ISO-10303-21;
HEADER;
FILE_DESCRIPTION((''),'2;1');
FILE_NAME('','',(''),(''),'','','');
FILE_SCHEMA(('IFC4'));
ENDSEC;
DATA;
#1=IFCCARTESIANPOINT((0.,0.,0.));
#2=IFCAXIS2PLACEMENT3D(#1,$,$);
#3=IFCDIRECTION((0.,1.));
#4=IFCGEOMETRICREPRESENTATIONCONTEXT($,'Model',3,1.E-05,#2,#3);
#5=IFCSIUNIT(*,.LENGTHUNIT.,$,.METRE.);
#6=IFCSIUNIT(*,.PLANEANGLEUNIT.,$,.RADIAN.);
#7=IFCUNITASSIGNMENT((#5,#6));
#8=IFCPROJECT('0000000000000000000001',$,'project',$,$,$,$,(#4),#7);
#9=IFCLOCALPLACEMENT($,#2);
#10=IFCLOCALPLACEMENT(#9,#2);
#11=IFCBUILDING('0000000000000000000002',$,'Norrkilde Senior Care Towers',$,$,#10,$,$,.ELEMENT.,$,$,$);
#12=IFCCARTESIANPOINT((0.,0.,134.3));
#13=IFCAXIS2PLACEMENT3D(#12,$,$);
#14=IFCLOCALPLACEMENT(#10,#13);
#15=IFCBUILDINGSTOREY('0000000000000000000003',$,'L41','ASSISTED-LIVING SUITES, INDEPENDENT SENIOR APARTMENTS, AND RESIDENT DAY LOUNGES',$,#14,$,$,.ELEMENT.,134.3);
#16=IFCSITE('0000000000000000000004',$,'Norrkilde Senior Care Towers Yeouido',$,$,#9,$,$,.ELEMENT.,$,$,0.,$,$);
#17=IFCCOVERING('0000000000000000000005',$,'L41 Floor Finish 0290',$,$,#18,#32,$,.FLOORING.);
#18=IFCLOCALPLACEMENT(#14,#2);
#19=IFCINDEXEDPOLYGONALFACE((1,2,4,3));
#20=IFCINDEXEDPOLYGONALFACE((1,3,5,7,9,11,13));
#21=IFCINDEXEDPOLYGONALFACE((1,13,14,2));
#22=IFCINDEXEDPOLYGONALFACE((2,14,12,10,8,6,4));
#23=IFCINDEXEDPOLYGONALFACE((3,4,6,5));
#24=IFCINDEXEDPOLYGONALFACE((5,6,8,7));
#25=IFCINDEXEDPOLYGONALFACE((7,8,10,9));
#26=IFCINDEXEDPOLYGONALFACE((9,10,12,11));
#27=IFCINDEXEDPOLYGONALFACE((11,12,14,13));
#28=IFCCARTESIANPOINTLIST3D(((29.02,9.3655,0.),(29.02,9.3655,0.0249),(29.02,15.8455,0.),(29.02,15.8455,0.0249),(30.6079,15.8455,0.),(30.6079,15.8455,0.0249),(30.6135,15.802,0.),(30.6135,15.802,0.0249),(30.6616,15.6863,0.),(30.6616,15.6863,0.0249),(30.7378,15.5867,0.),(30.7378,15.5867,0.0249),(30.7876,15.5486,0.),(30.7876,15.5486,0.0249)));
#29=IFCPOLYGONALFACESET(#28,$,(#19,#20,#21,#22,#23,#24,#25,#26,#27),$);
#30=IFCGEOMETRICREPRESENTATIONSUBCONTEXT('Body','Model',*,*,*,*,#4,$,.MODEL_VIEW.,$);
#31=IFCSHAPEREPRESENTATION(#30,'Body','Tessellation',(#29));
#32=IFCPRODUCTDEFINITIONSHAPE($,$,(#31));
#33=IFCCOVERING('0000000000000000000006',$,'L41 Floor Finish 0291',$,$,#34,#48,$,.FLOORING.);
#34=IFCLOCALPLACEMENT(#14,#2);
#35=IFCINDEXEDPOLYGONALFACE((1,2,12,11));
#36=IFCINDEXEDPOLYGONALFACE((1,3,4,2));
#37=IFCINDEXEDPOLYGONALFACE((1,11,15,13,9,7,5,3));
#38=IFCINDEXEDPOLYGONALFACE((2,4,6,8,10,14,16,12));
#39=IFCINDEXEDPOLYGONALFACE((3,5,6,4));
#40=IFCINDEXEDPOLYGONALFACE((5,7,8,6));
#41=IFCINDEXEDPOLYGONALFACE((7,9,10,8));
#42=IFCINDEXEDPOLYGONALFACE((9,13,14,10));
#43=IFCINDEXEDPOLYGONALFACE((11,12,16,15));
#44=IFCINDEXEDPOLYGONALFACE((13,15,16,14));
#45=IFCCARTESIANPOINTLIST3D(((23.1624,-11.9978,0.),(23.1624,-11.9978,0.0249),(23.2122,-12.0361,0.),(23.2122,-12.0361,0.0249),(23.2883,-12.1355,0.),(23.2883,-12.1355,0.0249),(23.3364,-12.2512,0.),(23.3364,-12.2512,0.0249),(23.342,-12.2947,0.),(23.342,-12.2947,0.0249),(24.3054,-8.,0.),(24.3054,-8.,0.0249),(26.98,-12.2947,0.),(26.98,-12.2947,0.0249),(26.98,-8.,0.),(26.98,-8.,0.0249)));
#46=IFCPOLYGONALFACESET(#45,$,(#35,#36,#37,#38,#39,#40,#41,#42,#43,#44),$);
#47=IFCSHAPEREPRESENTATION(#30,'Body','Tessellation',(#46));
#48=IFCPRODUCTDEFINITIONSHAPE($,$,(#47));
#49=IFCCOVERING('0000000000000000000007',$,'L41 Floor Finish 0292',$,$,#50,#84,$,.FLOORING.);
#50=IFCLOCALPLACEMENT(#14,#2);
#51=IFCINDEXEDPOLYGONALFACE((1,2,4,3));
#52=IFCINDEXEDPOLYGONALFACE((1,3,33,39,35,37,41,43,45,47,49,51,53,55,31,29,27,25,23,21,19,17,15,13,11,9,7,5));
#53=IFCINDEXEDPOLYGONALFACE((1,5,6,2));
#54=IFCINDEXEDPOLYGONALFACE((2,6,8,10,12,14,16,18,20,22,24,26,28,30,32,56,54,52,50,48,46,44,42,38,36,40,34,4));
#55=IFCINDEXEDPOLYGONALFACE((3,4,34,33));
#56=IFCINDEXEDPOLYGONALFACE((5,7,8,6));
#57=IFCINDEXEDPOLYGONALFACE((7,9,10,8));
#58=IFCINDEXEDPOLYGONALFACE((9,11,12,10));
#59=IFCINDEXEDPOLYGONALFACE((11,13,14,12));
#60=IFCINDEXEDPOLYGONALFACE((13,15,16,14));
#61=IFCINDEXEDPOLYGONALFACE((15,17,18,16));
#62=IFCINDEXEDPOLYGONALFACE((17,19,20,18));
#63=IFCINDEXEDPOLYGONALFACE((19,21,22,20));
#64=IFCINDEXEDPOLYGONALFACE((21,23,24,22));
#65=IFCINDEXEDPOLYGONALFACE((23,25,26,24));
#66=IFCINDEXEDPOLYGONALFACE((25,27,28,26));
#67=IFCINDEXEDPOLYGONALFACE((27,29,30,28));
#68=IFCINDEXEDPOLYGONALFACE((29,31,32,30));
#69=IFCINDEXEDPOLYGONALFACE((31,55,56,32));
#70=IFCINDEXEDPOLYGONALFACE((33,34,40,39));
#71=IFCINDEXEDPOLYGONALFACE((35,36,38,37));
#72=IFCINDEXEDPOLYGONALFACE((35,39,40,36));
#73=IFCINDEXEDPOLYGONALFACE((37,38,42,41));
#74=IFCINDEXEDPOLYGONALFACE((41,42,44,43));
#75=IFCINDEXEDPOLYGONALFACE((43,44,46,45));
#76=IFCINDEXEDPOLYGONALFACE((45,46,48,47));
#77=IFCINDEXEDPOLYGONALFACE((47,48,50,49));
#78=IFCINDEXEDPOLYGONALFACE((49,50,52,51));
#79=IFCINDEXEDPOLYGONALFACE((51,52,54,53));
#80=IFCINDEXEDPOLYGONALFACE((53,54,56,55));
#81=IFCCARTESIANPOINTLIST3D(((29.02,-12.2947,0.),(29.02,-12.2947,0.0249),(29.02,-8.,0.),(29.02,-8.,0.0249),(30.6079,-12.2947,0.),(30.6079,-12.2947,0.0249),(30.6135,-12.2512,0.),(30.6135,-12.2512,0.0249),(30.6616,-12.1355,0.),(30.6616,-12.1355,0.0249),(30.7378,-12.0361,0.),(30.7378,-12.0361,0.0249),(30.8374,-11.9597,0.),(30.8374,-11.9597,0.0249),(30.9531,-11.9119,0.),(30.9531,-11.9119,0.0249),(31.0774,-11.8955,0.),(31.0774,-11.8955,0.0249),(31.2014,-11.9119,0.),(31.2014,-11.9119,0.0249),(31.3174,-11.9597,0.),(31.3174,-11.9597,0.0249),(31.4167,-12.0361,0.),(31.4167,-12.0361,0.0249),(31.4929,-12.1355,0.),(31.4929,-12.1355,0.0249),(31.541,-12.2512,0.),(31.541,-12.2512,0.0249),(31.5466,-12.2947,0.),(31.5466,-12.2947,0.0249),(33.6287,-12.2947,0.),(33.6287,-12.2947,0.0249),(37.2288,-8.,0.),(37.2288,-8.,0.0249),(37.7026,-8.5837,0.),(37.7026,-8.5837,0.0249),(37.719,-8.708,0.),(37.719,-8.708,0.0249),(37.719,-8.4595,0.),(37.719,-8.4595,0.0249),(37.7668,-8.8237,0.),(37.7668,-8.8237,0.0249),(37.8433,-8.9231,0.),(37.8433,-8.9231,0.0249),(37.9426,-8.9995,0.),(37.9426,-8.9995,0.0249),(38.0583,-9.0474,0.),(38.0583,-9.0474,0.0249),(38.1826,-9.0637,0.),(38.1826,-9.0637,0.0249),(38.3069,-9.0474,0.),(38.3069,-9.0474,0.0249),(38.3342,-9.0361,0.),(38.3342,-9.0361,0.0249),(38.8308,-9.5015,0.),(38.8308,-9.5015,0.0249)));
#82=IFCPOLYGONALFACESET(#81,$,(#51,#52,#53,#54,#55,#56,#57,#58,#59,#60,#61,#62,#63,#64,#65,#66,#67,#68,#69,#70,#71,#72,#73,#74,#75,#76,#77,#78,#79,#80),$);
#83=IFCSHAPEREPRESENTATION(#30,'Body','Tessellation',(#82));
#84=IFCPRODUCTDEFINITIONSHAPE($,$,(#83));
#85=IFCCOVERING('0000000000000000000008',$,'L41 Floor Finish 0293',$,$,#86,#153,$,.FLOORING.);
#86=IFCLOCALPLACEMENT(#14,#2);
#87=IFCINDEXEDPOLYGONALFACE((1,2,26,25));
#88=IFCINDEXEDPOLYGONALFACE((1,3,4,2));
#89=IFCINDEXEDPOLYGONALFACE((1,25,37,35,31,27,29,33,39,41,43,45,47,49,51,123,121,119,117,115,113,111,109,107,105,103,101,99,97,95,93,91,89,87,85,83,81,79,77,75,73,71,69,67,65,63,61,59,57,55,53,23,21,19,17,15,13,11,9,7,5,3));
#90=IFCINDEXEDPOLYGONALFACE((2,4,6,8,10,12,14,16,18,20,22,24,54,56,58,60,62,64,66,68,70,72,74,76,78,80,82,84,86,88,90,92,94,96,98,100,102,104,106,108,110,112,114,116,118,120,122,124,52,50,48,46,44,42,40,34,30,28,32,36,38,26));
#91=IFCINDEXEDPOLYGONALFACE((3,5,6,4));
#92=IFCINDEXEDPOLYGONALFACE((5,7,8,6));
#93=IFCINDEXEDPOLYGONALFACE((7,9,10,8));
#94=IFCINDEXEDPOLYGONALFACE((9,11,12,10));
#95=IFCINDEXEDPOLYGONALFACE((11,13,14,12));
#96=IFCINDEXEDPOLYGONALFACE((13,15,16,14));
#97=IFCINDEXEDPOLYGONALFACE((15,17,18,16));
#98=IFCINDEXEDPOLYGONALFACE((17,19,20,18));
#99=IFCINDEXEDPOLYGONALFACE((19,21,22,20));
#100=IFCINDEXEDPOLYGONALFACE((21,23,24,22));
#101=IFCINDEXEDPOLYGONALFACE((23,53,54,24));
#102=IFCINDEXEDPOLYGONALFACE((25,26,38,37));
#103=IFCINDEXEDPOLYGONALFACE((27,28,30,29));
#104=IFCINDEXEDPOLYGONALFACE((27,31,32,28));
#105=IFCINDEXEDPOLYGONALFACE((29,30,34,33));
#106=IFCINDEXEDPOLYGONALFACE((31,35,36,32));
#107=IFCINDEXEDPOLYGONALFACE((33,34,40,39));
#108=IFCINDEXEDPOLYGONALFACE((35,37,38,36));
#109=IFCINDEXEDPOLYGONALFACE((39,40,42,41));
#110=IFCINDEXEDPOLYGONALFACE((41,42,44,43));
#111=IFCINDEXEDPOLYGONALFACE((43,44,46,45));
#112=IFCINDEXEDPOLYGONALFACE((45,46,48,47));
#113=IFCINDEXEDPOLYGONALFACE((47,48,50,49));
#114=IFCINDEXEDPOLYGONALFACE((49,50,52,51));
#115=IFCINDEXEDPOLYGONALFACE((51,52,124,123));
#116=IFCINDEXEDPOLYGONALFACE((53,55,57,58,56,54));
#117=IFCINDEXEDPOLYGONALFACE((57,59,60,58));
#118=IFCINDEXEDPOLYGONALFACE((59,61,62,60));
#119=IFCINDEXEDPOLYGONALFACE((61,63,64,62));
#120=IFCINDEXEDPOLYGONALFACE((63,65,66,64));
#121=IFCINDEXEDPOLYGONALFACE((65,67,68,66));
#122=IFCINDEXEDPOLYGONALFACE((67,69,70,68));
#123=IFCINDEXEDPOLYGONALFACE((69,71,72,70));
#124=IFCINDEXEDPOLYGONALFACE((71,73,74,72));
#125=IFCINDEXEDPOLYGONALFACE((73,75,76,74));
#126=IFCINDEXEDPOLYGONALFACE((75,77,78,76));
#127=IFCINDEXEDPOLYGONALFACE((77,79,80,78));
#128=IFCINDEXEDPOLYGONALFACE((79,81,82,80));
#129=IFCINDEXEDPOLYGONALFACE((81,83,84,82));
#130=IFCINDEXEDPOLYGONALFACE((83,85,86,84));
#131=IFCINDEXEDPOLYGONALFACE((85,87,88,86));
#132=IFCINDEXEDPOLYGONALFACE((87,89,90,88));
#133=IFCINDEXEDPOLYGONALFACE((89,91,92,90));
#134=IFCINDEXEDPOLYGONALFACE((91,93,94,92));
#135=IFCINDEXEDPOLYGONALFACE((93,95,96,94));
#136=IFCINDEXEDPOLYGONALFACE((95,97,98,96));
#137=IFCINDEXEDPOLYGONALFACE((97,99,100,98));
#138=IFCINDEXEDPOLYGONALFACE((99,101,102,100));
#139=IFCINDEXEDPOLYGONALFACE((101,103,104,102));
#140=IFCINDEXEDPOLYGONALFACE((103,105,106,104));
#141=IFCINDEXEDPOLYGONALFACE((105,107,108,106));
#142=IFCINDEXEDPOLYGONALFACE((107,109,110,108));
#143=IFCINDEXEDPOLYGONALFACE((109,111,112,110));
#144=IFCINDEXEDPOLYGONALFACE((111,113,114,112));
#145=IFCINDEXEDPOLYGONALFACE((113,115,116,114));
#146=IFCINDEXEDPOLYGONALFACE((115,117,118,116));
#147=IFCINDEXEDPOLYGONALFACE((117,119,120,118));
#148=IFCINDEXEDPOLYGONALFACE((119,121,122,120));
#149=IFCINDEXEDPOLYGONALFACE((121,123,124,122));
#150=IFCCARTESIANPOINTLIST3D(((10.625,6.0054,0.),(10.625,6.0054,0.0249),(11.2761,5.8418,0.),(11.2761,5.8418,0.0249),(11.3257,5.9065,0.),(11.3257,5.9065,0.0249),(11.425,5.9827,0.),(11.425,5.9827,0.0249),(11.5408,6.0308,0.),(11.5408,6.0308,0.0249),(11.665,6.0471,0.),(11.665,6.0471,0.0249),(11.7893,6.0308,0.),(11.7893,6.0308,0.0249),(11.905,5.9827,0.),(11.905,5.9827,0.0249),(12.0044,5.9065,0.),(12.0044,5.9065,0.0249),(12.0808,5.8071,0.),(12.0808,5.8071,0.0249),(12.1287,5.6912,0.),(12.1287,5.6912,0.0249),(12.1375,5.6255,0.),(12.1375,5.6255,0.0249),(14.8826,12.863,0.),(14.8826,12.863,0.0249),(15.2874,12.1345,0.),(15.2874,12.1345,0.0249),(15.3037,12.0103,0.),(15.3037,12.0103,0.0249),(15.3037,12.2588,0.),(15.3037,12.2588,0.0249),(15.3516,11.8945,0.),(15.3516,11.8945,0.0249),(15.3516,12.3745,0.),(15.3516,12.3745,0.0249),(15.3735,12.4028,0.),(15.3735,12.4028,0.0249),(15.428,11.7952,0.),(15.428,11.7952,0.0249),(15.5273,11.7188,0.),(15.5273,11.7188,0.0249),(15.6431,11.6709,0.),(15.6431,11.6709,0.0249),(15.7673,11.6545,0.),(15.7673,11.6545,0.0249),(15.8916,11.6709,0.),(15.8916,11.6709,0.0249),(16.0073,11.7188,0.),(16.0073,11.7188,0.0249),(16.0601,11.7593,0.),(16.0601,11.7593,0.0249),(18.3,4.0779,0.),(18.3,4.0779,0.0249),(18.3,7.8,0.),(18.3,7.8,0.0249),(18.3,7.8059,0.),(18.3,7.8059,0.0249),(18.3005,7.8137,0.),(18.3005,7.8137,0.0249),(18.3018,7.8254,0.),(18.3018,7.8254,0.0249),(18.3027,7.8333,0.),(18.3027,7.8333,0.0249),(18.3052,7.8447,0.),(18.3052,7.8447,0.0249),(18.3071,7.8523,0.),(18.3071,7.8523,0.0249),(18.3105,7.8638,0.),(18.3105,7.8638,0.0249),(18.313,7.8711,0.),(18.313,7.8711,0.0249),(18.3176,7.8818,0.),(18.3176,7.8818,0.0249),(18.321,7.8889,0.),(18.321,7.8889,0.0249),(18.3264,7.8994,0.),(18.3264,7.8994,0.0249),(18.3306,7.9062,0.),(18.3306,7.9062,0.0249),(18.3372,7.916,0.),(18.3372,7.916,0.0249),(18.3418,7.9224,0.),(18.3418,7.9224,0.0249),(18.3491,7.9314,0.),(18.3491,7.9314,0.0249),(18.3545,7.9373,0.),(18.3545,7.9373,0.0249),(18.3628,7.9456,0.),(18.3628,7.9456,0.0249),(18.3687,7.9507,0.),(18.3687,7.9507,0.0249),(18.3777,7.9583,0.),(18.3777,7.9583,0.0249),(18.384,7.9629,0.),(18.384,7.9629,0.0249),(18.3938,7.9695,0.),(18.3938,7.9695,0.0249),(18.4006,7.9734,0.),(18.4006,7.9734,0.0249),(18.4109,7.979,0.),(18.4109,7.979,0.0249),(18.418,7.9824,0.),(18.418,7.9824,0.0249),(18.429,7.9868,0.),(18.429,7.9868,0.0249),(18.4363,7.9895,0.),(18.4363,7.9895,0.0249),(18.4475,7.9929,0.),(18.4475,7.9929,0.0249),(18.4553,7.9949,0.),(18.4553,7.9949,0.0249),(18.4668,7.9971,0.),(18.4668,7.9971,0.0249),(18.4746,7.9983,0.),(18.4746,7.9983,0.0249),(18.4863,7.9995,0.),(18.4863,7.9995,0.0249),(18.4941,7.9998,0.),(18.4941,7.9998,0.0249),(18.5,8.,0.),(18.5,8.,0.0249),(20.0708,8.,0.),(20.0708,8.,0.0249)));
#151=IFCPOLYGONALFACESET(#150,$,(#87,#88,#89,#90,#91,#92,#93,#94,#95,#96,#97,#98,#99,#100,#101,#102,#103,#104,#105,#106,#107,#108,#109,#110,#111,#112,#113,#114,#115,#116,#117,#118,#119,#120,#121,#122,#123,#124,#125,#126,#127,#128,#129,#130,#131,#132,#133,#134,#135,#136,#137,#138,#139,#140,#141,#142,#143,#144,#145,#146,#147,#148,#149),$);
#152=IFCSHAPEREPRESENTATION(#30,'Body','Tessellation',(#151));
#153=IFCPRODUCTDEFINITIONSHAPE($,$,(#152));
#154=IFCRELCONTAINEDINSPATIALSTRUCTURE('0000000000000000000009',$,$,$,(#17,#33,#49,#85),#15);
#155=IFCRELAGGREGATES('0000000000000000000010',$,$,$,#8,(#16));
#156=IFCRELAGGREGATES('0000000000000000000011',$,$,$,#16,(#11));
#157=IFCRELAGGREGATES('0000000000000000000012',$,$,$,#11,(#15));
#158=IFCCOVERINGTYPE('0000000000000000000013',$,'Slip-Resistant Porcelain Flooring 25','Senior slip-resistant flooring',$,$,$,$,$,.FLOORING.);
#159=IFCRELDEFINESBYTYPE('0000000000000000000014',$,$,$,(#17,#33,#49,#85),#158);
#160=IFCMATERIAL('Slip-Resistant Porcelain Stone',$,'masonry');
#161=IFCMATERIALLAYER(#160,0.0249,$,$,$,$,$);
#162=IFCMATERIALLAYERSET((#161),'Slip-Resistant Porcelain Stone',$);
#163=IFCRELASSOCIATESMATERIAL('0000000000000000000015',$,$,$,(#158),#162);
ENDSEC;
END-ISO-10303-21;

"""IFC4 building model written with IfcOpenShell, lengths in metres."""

from ifc_helpers import new_model, si_unit, direction, frame, origin, place, context, subcontext, project, spatial, polyline, outline, extrude, material, layer, layer_set, type_object, element, save


model = new_model("IFC4")

# Units and contexts
model_context = context("Model", 3, precision=1e-05, world=origin(), true_north=direction((0.0, 1.0)))
body_context = subcontext(model_context, "Body", "Model", "MODEL_VIEW")
ifc_project = project(units=[si_unit("LENGTHUNIT", "METRE"), si_unit("PLANEANGLEUNIT", "RADIAN")], contexts=[model_context])

# Site, building, storey
site_placement = place(None, origin())
site = spatial("IfcSite", under=ifc_project, at=site_placement, Name="Norrkilde Senior Care Towers Yeouido", CompositionType="ELEMENT", RefElevation=0.0)
building_placement = place(site_placement, origin())
building = spatial("IfcBuilding", under=site, at=building_placement, Name="Norrkilde Senior Care Towers", CompositionType="ELEMENT")
storey_placement = place(building_placement, frame((0.0, 0.0, 134.3)))
storey = spatial("IfcBuildingStorey", under=building, at=storey_placement, Name="L41", Description="ASSISTED-LIVING SUITES, INDEPENDENT SENIOR APARTMENTS, AND RESIDENT DAY LOUNGES", CompositionType="ELEMENT", Elevation=134.3)

# Coverings
ifc_material_1 = material(Name="Slip-Resistant Porcelain Stone", Category="masonry")
ifc_layer_1 = layer(ifc_material_1, 0.0249)
ifc_layer_set_1 = layer_set([ifc_layer_1], Name="Slip-Resistant Porcelain Stone")
covering_type_1 = type_object("IfcCoveringType", Name="Slip-Resistant Porcelain Flooring 25", Description="Senior slip-resistant flooring", PredefinedType="FLOORING", material=ifc_layer_set_1)
covering_1_placement = place(storey_placement, origin())
element("IfcCovering", 1, at=covering_1_placement, inside=storey, type_object=covering_type_1, Name="L41 Floor Finish 0290", PredefinedType="FLOORING", context=body_context, shape_type="SweptSolid", body=[
    extrude(outline(polyline([(29.02, 15.8455), (30.6079, 15.8455), (30.6135, 15.802), (30.6616, 15.6863), (30.7378, 15.5867), (30.7876, 15.5486), (29.02, 9.3655), (29.02, 15.8455)])), origin(), (0.0, 0.0, 1.0), 0.0249),
])
covering_2_placement = place(storey_placement, origin())
element("IfcCovering", 2, at=covering_2_placement, inside=storey, type_object=covering_type_1, Name="L41 Floor Finish 0291", PredefinedType="FLOORING", context=body_context, shape_type="SweptSolid", body=[
    extrude(outline(polyline([(24.3054, -8.0), (26.98, -8.0), (26.98, -12.2947), (23.342, -12.2947), (23.3364, -12.2512), (23.2883, -12.1355), (23.2122, -12.0361), (23.1624, -11.9978), (24.3054, -8.0)])), origin(), (0.0, 0.0, 1.0), 0.0249),
])
covering_3_placement = place(storey_placement, origin())
element("IfcCovering", 3, at=covering_3_placement, inside=storey, type_object=covering_type_1, Name="L41 Floor Finish 0292", PredefinedType="FLOORING", context=body_context, shape_type="SweptSolid", body=[
    extrude(outline(polyline([(31.5466, -12.2947), (31.541, -12.2512), (31.4929, -12.1355), (31.4167, -12.0361), (31.3174, -11.9597), (31.2014, -11.9119), (31.0774, -11.8955), (30.9531, -11.9119), (30.8374, -11.9597), (30.7378, -12.0361), (30.6616, -12.1355), (30.6135, -12.2512), (30.6079, -12.2947), (29.02, -12.2947), (29.02, -8.0), (37.2288, -8.0), (37.719, -8.4595), (37.719, -8.4595), (37.7026, -8.5837), (37.719, -8.708), (37.7668, -8.8237), (37.8433, -8.9231), (37.9426, -8.9995), (38.0583, -9.0474), (38.1826, -9.0637), (38.3069, -9.0474), (38.3342, -9.0361), (38.8308, -9.5015), (33.6287, -12.2947), (31.5466, -12.2947)])), origin(), (0.0, 0.0, 1.0), 0.0249),
])
covering_4_placement = place(storey_placement, origin())
element("IfcCovering", 4, at=covering_4_placement, inside=storey, type_object=covering_type_1, Name="L41 Floor Finish 0293", PredefinedType="FLOORING", context=body_context, shape_type="SweptSolid", body=[
    extrude(outline(polyline([(18.4668, 7.9971), (18.4553, 7.9949), (18.4475, 7.9929), (18.4363, 7.9895), (18.429, 7.9868), (18.418, 7.9824), (18.4109, 7.979), (18.4006, 7.9734), (18.3938, 7.9695), (18.384, 7.9629), (18.3777, 7.9583), (18.3687, 7.9507), (18.3628, 7.9456), (18.3545, 7.9373), (18.3491, 7.9314), (18.3418, 7.9224), (18.3372, 7.916), (18.3306, 7.9062), (18.3264, 7.8994), (18.321, 7.8889), (18.3176, 7.8818), (18.313, 7.8711), (18.3105, 7.8638), (18.3071, 7.8523), (18.3052, 7.8447), (18.3027, 7.8333), (18.3018, 7.8254), (18.3005, 7.8137), (18.3, 7.8059), (18.3, 7.8), (18.3, 4.0779), (12.1375, 5.6255), (12.1287, 5.6912), (12.0808, 5.8071), (12.0044, 5.9065), (11.905, 5.9827), (11.7893, 6.0308), (11.665, 6.0471), (11.5408, 6.0308), (11.425, 5.9827), (11.3257, 5.9065), (11.2761, 5.8418), (10.625, 6.0054), (14.8826, 12.863), (15.3735, 12.4028), (15.3516, 12.3745), (15.3037, 12.2588), (15.2874, 12.1345), (15.3037, 12.0103), (15.3516, 11.8945), (15.428, 11.7952), (15.5273, 11.7188), (15.6431, 11.6709), (15.7673, 11.6545), (15.8916, 11.6709), (16.0073, 11.7188), (16.0601, 11.7593), (20.0708, 8.0), (18.5, 8.0), (18.4941, 7.9998), (18.4863, 7.9995), (18.4746, 7.9983), (18.4668, 7.9971)])), origin(), (0.0, 0.0, 1.0), 0.0249),
])

save(model, "model.ifc")
